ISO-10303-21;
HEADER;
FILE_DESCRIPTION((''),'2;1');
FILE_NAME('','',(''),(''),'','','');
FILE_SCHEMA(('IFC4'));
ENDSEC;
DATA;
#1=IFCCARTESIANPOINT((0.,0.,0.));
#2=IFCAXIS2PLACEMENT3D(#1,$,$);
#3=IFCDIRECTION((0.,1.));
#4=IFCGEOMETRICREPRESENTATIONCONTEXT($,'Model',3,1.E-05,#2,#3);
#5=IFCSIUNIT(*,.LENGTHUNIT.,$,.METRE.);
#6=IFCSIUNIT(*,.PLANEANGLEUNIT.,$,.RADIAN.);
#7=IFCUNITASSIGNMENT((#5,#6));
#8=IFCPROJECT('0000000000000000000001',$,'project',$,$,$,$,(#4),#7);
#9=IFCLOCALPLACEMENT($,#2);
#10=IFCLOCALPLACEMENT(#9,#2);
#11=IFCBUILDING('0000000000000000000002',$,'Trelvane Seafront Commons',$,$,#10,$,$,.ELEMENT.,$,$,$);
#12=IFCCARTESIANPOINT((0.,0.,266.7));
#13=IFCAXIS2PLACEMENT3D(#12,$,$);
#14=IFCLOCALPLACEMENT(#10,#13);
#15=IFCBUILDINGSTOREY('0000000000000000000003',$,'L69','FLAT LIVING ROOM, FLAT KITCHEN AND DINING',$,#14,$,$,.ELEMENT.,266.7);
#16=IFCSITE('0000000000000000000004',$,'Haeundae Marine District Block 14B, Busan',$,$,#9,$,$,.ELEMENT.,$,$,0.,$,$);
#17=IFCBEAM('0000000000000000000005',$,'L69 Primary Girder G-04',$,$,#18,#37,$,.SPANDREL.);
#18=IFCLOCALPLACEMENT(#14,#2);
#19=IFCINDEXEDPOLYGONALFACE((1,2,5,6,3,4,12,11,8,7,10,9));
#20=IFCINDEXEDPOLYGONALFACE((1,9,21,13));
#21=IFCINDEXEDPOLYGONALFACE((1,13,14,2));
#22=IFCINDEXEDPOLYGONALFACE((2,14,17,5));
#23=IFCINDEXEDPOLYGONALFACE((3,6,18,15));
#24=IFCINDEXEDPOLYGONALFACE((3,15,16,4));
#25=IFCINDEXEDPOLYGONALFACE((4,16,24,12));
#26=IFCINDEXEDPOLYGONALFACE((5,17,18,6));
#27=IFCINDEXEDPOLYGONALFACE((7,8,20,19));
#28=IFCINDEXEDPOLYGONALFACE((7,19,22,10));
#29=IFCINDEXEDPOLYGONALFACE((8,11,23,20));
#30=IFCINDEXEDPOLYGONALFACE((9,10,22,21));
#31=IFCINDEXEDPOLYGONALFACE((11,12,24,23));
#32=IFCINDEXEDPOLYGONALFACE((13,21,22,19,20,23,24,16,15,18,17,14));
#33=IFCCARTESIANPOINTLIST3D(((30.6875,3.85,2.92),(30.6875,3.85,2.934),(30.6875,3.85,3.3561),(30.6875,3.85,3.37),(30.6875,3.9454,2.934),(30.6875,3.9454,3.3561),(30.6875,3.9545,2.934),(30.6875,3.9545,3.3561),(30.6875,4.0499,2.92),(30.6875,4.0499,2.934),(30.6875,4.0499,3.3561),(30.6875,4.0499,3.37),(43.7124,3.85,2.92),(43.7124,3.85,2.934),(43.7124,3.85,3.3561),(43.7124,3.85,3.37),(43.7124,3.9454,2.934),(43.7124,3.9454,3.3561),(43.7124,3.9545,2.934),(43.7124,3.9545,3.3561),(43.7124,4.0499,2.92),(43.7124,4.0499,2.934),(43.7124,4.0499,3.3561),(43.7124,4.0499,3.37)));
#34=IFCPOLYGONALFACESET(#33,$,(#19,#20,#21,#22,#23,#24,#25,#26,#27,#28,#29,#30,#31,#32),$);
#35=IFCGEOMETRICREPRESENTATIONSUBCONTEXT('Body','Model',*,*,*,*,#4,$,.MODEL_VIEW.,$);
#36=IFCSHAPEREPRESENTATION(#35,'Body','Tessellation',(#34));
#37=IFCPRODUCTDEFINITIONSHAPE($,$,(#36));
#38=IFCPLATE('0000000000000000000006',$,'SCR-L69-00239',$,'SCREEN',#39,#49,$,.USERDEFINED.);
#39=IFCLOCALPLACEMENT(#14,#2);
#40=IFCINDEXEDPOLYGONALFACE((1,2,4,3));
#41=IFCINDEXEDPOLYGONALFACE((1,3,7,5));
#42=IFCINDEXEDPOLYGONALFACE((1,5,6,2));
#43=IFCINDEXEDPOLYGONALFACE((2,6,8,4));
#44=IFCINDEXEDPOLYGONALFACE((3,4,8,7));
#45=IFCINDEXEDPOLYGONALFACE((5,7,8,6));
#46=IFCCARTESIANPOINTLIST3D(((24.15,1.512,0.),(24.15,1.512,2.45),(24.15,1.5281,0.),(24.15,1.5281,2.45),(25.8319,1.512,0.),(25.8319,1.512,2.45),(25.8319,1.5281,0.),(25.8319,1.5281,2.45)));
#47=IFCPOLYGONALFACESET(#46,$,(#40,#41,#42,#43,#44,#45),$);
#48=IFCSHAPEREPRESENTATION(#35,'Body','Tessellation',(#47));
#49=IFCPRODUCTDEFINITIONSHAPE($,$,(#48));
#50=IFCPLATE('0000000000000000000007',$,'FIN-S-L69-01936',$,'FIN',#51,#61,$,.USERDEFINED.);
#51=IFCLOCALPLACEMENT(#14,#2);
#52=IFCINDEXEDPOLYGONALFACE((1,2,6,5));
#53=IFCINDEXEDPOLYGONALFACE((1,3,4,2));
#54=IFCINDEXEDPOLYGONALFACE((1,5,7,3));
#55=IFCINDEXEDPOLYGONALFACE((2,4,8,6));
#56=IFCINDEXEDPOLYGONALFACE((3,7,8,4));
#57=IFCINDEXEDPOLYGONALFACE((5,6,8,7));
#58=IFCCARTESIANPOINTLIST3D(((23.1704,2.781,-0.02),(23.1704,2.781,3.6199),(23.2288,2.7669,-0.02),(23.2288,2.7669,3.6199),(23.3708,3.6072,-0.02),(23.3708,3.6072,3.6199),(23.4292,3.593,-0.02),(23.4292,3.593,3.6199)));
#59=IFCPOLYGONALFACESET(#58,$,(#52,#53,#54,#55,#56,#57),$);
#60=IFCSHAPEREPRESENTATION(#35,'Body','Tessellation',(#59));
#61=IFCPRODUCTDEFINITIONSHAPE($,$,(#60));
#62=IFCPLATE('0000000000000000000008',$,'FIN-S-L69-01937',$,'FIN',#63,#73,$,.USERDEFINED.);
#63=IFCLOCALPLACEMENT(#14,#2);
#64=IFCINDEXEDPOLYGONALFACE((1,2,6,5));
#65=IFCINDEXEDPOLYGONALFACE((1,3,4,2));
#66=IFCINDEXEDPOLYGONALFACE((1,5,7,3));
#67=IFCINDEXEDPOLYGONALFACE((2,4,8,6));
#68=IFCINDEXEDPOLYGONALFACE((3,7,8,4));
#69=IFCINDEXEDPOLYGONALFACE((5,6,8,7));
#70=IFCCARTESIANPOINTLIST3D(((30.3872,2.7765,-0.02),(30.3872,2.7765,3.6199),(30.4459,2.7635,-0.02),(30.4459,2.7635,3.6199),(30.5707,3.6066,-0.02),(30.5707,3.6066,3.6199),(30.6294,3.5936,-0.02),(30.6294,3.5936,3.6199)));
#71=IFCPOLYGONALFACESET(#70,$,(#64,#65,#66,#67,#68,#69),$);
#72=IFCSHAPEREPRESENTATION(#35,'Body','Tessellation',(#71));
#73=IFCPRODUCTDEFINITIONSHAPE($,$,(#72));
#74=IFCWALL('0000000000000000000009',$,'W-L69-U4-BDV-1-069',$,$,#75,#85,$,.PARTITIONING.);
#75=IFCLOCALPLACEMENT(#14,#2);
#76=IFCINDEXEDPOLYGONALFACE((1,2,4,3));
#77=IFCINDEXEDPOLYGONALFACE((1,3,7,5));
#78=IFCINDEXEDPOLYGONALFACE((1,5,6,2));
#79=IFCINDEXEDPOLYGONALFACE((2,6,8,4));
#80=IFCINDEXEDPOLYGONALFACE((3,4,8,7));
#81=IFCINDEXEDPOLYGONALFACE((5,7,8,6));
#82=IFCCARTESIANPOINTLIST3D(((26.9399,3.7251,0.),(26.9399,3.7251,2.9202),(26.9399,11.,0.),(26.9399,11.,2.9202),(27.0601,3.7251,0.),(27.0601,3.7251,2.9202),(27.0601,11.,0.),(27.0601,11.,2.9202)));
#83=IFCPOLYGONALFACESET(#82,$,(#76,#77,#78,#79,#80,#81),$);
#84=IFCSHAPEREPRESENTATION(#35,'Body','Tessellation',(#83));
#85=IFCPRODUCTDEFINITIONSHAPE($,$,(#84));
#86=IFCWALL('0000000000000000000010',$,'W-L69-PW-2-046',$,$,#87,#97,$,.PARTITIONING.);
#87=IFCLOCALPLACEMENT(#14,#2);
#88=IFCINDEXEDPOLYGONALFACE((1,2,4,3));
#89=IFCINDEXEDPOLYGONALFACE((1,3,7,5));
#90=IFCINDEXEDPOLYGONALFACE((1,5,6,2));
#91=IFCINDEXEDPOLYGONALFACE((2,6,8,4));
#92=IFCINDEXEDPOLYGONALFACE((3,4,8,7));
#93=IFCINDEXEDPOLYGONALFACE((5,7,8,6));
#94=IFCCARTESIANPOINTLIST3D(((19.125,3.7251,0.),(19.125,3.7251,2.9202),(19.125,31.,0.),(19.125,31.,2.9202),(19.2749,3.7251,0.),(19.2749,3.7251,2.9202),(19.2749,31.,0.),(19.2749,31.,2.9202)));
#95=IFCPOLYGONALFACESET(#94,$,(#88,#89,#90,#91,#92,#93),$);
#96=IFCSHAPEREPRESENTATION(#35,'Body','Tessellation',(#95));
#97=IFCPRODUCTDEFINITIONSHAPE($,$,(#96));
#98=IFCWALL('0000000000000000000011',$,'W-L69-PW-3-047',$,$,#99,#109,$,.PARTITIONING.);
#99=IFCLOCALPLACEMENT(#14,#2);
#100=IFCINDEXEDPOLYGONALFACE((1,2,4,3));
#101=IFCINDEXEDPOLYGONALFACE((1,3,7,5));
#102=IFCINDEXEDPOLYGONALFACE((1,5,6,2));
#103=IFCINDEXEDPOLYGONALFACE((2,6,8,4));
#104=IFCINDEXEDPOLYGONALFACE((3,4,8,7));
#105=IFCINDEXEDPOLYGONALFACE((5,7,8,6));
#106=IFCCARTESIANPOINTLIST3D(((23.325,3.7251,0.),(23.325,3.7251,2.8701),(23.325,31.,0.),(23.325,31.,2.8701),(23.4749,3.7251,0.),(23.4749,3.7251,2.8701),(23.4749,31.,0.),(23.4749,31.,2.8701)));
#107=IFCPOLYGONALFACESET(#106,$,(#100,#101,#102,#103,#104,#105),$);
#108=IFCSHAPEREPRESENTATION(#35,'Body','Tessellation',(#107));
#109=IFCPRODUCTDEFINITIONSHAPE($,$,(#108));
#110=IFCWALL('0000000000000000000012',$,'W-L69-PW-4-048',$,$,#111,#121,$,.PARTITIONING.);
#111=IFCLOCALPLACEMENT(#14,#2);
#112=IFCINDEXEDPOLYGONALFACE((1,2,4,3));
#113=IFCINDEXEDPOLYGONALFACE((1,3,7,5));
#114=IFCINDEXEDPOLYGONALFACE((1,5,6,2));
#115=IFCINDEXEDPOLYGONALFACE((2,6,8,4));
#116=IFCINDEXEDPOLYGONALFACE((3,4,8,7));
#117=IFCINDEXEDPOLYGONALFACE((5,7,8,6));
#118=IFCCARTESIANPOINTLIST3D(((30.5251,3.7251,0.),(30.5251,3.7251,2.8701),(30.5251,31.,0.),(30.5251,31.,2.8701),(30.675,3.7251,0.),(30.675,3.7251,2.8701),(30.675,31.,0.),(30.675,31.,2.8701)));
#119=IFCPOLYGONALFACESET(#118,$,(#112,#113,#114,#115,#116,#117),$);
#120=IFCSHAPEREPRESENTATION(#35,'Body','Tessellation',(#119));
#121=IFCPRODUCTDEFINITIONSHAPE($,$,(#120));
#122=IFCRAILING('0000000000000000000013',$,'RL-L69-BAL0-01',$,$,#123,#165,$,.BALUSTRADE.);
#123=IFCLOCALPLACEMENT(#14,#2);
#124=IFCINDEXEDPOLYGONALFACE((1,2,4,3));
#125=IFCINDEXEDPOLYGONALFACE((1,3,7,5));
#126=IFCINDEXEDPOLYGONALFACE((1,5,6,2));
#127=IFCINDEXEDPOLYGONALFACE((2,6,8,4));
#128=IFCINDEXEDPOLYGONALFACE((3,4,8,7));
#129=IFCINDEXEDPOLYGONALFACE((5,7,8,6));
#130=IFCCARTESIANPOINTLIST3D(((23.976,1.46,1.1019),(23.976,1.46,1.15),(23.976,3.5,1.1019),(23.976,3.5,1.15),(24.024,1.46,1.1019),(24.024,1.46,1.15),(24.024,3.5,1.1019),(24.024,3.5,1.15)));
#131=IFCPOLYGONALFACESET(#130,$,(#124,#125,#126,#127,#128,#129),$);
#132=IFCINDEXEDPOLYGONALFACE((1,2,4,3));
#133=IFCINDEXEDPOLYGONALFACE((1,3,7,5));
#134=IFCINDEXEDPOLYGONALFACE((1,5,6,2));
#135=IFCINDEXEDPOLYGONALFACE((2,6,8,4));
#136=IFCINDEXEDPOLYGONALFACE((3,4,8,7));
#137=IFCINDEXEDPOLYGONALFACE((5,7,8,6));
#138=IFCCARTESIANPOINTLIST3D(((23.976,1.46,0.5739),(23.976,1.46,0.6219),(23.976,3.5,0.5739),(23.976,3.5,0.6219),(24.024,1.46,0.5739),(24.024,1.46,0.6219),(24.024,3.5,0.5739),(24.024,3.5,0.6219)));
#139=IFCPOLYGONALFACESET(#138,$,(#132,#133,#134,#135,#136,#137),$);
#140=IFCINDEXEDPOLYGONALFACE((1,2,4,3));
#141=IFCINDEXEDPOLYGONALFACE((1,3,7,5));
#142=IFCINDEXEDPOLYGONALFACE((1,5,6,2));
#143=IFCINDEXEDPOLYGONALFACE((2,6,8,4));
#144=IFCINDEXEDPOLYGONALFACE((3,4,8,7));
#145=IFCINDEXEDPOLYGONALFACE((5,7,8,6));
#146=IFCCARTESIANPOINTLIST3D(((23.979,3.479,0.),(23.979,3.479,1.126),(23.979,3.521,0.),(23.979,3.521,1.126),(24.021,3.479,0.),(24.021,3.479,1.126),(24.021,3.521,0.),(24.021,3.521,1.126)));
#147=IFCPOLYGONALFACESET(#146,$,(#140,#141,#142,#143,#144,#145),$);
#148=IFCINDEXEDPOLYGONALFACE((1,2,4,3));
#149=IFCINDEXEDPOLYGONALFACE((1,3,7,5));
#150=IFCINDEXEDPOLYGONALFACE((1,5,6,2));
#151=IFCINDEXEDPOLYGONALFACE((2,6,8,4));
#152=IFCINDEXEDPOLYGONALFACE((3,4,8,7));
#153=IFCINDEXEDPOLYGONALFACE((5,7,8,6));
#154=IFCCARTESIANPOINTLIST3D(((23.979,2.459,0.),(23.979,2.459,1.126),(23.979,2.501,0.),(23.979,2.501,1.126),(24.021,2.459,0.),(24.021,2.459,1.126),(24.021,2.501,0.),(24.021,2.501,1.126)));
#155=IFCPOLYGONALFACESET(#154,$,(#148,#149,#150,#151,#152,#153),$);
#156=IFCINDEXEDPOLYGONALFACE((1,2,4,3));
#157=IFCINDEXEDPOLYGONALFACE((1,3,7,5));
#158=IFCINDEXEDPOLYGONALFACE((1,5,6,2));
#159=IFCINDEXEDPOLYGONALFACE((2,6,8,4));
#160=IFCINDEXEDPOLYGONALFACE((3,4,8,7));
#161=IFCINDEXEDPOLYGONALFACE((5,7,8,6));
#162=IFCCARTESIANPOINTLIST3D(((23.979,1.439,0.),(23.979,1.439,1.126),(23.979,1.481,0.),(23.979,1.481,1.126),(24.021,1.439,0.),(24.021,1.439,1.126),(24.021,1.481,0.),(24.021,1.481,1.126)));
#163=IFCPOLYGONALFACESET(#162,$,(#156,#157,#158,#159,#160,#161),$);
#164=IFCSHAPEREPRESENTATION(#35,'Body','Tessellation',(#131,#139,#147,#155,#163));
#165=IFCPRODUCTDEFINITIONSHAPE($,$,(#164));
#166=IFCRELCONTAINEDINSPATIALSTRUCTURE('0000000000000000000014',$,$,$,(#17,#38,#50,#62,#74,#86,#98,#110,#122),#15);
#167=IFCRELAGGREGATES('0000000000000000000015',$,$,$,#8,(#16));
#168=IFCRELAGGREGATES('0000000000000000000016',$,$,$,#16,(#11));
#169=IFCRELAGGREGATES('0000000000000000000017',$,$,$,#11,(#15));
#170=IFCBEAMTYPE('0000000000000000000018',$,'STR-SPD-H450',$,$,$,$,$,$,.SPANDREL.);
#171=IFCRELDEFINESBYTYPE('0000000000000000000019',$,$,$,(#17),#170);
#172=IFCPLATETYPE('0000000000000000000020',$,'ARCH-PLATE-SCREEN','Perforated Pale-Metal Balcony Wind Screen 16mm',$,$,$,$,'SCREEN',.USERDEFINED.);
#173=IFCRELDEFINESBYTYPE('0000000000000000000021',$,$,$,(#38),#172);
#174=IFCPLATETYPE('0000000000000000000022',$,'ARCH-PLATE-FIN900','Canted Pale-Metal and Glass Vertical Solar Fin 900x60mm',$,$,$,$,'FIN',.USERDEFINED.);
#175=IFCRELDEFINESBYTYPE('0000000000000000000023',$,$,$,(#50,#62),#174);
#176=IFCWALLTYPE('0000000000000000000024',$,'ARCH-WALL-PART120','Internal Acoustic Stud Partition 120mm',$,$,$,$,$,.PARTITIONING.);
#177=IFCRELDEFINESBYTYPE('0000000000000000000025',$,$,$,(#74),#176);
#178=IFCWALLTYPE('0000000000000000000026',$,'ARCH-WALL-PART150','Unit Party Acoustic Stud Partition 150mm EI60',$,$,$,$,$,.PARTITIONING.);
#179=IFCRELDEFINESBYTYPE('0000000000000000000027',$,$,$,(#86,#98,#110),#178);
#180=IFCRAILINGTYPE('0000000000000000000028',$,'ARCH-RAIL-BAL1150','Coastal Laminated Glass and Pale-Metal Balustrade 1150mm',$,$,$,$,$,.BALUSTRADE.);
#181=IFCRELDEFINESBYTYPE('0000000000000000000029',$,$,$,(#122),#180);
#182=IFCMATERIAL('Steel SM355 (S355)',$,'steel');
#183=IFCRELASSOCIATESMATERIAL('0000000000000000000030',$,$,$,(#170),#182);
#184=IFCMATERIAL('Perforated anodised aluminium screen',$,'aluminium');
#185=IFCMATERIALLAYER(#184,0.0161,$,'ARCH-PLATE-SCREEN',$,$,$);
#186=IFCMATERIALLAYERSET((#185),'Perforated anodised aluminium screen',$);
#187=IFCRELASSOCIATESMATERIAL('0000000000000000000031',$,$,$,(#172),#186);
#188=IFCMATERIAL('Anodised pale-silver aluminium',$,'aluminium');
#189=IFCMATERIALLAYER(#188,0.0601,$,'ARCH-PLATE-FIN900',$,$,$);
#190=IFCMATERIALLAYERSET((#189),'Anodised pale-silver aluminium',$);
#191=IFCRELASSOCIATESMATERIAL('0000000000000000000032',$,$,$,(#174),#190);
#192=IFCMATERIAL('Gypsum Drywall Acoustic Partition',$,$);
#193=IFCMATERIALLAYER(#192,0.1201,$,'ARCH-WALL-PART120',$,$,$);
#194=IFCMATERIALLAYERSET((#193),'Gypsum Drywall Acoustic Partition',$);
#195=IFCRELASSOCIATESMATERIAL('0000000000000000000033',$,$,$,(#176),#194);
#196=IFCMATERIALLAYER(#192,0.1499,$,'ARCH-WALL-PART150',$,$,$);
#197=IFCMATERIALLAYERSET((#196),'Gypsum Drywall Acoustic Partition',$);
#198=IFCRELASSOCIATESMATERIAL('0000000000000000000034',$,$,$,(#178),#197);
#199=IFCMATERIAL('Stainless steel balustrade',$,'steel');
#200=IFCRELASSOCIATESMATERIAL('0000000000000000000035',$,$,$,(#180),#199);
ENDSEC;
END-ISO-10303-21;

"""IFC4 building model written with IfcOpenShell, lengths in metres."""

from ifc_helpers import new_model, si_unit, direction, frame, frame_2d, origin, origin_2d, place, context, subcontext, project, spatial, rectangle, i_section, extrude, source, transform, mapped, material, layer, layer_set, material_profile, profile_set, type_object, element, save


model = new_model("IFC4")

# Units and contexts
model_context = context("Model", 3, precision=1e-05, world=origin(), true_north=direction((0.0, 1.0)))
body_context = subcontext(model_context, "Body", "Model", "MODEL_VIEW")
ifc_project = project(units=[si_unit("LENGTHUNIT", "METRE"), si_unit("PLANEANGLEUNIT", "RADIAN")], contexts=[model_context])

# Site, building, storey
site_placement = place(None, origin())
site = spatial("IfcSite", under=ifc_project, at=site_placement, Name="Haeundae Marine District Block 14B, Busan", CompositionType="ELEMENT", RefElevation=0.0)
building_placement = place(site_placement, origin())
building = spatial("IfcBuilding", under=site, at=building_placement, Name="Trelvane Seafront Commons", CompositionType="ELEMENT")
storey_placement = place(building_placement, frame((0.0, 0.0, 266.7)))
storey = spatial("IfcBuildingStorey", under=building, at=storey_placement, Name="L69", Description="FLAT LIVING ROOM, FLAT KITCHEN AND DINING", CompositionType="ELEMENT", Elevation=266.7)

# Shared definitions
ifc_material_1 = material(Name="Steel SM355 (S355)", Category="steel")

# Beam
ifc_material_profile_1 = material_profile(ifc_material_1, i_section(OverallWidth=0.2, OverallDepth=0.45, WebThickness=0.009, FlangeThickness=0.0139, at=origin_2d()), Name="H-450x200x9x14")
ifc_profile_set_1 = profile_set([ifc_material_profile_1], Name="Steel SM355 (S355)")
beam_type_1 = type_object("IfcBeamType", Name="STR-SPD-H450", PredefinedType="SPANDREL", material=ifc_profile_set_1)
shared_shape_1 = source(origin(), body_context, "Body", "SweptSolid", [
    extrude(i_section(OverallWidth=0.2, OverallDepth=0.45, WebThickness=0.009, FlangeThickness=0.0139, at=origin_2d()), origin(), (0.0, 0.0, 1.0), 13.0249),
])
beam_1_placement = place(storey_placement, frame((30.6875, 3.95, 3.145), z_axis=(1.0, 0.0, 0.0), x_axis=(0.0, 1.0, 0.0)))
element("IfcBeam", 1, at=beam_1_placement, inside=storey, type_object=beam_type_1, Name="L69 Primary Girder G-04", PredefinedType="SPANDREL", context=body_context, shape_type="MappedRepresentation", body=[
    mapped(shared_shape_1, transform((0.0, 0.0, 0.0), x_axis=(1.0, 0.0, 0.0), y_axis=(0.0, 1.0, 0.0), z_axis=(0.0, 0.0, 1.0), scale=1.0)),
])

# Plates
ifc_material_2 = material(Name="Perforated anodised aluminium screen", Category="aluminium")
ifc_layer_1 = layer(ifc_material_2, 0.0161, Name="ARCH-PLATE-SCREEN")
ifc_layer_set_1 = layer_set([ifc_layer_1], Name="Perforated anodised aluminium screen")
plate_type_1 = type_object("IfcPlateType", Name="ARCH-PLATE-SCREEN", Description="Perforated Pale-Metal Balcony Wind Screen 16mm", ElementType="SCREEN", PredefinedType="USERDEFINED", material=ifc_layer_set_1)
shared_shape_2 = source(origin(), body_context, "Body", "SweptSolid", [
    extrude(rectangle(XDim=1.6819, YDim=0.0161, at=origin_2d()), origin(), (0.0, 0.0, 1.0), 2.45),
])
plate_placement = place(storey_placement, frame((24.991, 1.52, 0.0), z_axis=(0.0, 0.0, 1.0), x_axis=(1.0, 0.0, 0.0)))
element("IfcPlate", 2, at=plate_placement, inside=storey, type_object=plate_type_1, Name="SCR-L69-00239", ObjectType="SCREEN", PredefinedType="USERDEFINED", context=body_context, shape_type="MappedRepresentation", body=[
    mapped(shared_shape_2, transform((0.0, 0.0, 0.0), x_axis=(1.0, 0.0, 0.0), y_axis=(0.0, 1.0, 0.0), z_axis=(0.0, 0.0, 1.0), scale=1.0)),
])
ifc_material_3 = material(Name="Anodised pale-silver aluminium", Category="aluminium")
ifc_layer_2 = layer(ifc_material_3, 0.0601, Name="ARCH-PLATE-FIN900")
ifc_layer_set_2 = layer_set([ifc_layer_2], Name="Anodised pale-silver aluminium")
plate_type_2 = type_object("IfcPlateType", Name="ARCH-PLATE-FIN900", Description="Canted Pale-Metal and Glass Vertical Solar Fin 900x60mm", ElementType="FIN", PredefinedType="USERDEFINED", material=ifc_layer_set_2)
shared_shape_3 = source(origin(), body_context, "Body", "SweptSolid", [
    extrude(rectangle(XDim=0.8501, YDim=0.0601, at=origin_2d()), origin(), (0.0, 0.0, 1.0), 3.6399),
])
for number, where, z_axis, x_axis, name in (
    (3, (23.2998, 3.187, -0.02), (0.0, 0.0, 1.0), (-0.235775, -0.971808, 0.0), "FIN-S-L69-01936"),
    (4, (30.5083, 3.1851, -0.02), (0.0, 0.0, 1.0), (-0.215872, -0.976422, 0.0), "FIN-S-L69-01937"),
):
    element("IfcPlate", number, at=place(storey_placement, frame(where, z_axis=z_axis, x_axis=x_axis)), inside=storey, type_object=plate_type_2, Name=name, ObjectType="FIN", PredefinedType="USERDEFINED", context=body_context, shape_type="MappedRepresentation", body=[
        mapped(shared_shape_3, transform((0.0, 0.0, 0.0), x_axis=(1.0, 0.0, 0.0), y_axis=(0.0, 1.0, 0.0), z_axis=(0.0, 0.0, 1.0), scale=1.0)),
    ])

# Shared definitions
ifc_material_4 = material(Name="Gypsum Drywall Acoustic Partition")
ifc_layer_3 = layer(ifc_material_4, 0.1201, Name="ARCH-WALL-PART120")
ifc_layer_set_3 = layer_set([ifc_layer_3], Name="Gypsum Drywall Acoustic Partition")
wall_type_1 = type_object("IfcWallType", Name="ARCH-WALL-PART120", Description="Internal Acoustic Stud Partition 120mm", PredefinedType="PARTITIONING", material=ifc_layer_set_3)

# Walls
wall_1_placement = place(storey_placement, frame((27.0, 3.7251, 0.0), z_axis=(0.0, 0.0, 1.0), x_axis=(0.0, 1.0, 0.0)))
element("IfcWall", 5, at=wall_1_placement, inside=storey, type_object=wall_type_1, Name="W-L69-U4-BDV-1-069", PredefinedType="PARTITIONING", context=body_context, shape_type="SweptSolid", body=[
    extrude(rectangle(XDim=7.2749, YDim=0.1201, at=frame_2d((3.6375, 0.0))), origin(), (0.0, 0.0, 1.0), 2.9202),
])
ifc_layer_4 = layer(ifc_material_4, 0.1499, Name="ARCH-WALL-PART150")
ifc_layer_set_4 = layer_set([ifc_layer_4], Name="Gypsum Drywall Acoustic Partition")
wall_type_2 = type_object("IfcWallType", Name="ARCH-WALL-PART150", Description="Unit Party Acoustic Stud Partition 150mm EI60", PredefinedType="PARTITIONING", material=ifc_layer_set_4)
wall_2_placement = place(storey_placement, frame((19.2, 3.7251, 0.0), z_axis=(0.0, 0.0, 1.0), x_axis=(0.0, 1.0, 0.0)))
element("IfcWall", 6, at=wall_2_placement, inside=storey, type_object=wall_type_2, Name="W-L69-PW-2-046", PredefinedType="PARTITIONING", context=body_context, shape_type="SweptSolid", body=[
    extrude(rectangle(XDim=27.2749, YDim=0.1499, at=frame_2d((13.6375, 0.0))), origin(), (0.0, 0.0, 1.0), 2.9202),
])
for number, where, z_axis, x_axis, name in (
    (7, (23.3999, 3.7251, 0.0), (0.0, 0.0, 1.0), (0.0, 1.0, 0.0), "W-L69-PW-3-047"),
    (8, (30.6001, 3.7251, 0.0), (0.0, 0.0, 1.0), (0.0, 1.0, 0.0), "W-L69-PW-4-048"),
):
    element("IfcWall", number, at=place(storey_placement, frame(where, z_axis=z_axis, x_axis=x_axis)), inside=storey, type_object=wall_type_2, Name=name, PredefinedType="PARTITIONING", context=body_context, shape_type="SweptSolid", body=[
        extrude(rectangle(XDim=27.2749, YDim=0.1499, at=frame_2d((13.6375, 0.0))), origin(), (0.0, 0.0, 1.0), 2.8701),
    ])

# Railing
ifc_material_5 = material(Name="Stainless steel balustrade", Category="steel")
railing_type = type_object("IfcRailingType", Name="ARCH-RAIL-BAL1150", Description="Coastal Laminated Glass and Pale-Metal Balustrade 1150mm", PredefinedType="BALUSTRADE", material=ifc_material_5)
railing_1_placement = place(storey_placement, frame((24.0, 3.5, 0.0)))
element("IfcRailing", 9, at=railing_1_placement, inside=storey, type_object=railing_type, Name="RL-L69-BAL0-01", PredefinedType="BALUSTRADE", context=body_context, shape_type="SweptSolid", body=[
    extrude(rectangle(XDim=0.0481, YDim=0.0481, at=origin_2d()), frame((0.0, 0.0, 1.126), z_axis=(0.0, -1.0, 0.0), x_axis=(1.0, 0.0, 0.0)), (0.0, 0.0, 1.0), 2.04),
    extrude(rectangle(XDim=0.0481, YDim=0.0481, at=origin_2d()), frame((0.0, 0.0, 0.5979), z_axis=(0.0, -1.0, 0.0), x_axis=(1.0, 0.0, 0.0)), (0.0, 0.0, 1.0), 2.04),
    extrude(rectangle(XDim=0.042, YDim=0.042, at=origin_2d()), origin(), (0.0, 0.0, 1.0), 1.126),
    extrude(rectangle(XDim=0.042, YDim=0.042, at=origin_2d()), frame((0.0, -1.02, 0.0)), (0.0, 0.0, 1.0), 1.126),
    extrude(rectangle(XDim=0.042, YDim=0.042, at=origin_2d()), frame((0.0, -2.04, 0.0)), (0.0, 0.0, 1.0), 1.126),
])

save(model, "model.ifc")
